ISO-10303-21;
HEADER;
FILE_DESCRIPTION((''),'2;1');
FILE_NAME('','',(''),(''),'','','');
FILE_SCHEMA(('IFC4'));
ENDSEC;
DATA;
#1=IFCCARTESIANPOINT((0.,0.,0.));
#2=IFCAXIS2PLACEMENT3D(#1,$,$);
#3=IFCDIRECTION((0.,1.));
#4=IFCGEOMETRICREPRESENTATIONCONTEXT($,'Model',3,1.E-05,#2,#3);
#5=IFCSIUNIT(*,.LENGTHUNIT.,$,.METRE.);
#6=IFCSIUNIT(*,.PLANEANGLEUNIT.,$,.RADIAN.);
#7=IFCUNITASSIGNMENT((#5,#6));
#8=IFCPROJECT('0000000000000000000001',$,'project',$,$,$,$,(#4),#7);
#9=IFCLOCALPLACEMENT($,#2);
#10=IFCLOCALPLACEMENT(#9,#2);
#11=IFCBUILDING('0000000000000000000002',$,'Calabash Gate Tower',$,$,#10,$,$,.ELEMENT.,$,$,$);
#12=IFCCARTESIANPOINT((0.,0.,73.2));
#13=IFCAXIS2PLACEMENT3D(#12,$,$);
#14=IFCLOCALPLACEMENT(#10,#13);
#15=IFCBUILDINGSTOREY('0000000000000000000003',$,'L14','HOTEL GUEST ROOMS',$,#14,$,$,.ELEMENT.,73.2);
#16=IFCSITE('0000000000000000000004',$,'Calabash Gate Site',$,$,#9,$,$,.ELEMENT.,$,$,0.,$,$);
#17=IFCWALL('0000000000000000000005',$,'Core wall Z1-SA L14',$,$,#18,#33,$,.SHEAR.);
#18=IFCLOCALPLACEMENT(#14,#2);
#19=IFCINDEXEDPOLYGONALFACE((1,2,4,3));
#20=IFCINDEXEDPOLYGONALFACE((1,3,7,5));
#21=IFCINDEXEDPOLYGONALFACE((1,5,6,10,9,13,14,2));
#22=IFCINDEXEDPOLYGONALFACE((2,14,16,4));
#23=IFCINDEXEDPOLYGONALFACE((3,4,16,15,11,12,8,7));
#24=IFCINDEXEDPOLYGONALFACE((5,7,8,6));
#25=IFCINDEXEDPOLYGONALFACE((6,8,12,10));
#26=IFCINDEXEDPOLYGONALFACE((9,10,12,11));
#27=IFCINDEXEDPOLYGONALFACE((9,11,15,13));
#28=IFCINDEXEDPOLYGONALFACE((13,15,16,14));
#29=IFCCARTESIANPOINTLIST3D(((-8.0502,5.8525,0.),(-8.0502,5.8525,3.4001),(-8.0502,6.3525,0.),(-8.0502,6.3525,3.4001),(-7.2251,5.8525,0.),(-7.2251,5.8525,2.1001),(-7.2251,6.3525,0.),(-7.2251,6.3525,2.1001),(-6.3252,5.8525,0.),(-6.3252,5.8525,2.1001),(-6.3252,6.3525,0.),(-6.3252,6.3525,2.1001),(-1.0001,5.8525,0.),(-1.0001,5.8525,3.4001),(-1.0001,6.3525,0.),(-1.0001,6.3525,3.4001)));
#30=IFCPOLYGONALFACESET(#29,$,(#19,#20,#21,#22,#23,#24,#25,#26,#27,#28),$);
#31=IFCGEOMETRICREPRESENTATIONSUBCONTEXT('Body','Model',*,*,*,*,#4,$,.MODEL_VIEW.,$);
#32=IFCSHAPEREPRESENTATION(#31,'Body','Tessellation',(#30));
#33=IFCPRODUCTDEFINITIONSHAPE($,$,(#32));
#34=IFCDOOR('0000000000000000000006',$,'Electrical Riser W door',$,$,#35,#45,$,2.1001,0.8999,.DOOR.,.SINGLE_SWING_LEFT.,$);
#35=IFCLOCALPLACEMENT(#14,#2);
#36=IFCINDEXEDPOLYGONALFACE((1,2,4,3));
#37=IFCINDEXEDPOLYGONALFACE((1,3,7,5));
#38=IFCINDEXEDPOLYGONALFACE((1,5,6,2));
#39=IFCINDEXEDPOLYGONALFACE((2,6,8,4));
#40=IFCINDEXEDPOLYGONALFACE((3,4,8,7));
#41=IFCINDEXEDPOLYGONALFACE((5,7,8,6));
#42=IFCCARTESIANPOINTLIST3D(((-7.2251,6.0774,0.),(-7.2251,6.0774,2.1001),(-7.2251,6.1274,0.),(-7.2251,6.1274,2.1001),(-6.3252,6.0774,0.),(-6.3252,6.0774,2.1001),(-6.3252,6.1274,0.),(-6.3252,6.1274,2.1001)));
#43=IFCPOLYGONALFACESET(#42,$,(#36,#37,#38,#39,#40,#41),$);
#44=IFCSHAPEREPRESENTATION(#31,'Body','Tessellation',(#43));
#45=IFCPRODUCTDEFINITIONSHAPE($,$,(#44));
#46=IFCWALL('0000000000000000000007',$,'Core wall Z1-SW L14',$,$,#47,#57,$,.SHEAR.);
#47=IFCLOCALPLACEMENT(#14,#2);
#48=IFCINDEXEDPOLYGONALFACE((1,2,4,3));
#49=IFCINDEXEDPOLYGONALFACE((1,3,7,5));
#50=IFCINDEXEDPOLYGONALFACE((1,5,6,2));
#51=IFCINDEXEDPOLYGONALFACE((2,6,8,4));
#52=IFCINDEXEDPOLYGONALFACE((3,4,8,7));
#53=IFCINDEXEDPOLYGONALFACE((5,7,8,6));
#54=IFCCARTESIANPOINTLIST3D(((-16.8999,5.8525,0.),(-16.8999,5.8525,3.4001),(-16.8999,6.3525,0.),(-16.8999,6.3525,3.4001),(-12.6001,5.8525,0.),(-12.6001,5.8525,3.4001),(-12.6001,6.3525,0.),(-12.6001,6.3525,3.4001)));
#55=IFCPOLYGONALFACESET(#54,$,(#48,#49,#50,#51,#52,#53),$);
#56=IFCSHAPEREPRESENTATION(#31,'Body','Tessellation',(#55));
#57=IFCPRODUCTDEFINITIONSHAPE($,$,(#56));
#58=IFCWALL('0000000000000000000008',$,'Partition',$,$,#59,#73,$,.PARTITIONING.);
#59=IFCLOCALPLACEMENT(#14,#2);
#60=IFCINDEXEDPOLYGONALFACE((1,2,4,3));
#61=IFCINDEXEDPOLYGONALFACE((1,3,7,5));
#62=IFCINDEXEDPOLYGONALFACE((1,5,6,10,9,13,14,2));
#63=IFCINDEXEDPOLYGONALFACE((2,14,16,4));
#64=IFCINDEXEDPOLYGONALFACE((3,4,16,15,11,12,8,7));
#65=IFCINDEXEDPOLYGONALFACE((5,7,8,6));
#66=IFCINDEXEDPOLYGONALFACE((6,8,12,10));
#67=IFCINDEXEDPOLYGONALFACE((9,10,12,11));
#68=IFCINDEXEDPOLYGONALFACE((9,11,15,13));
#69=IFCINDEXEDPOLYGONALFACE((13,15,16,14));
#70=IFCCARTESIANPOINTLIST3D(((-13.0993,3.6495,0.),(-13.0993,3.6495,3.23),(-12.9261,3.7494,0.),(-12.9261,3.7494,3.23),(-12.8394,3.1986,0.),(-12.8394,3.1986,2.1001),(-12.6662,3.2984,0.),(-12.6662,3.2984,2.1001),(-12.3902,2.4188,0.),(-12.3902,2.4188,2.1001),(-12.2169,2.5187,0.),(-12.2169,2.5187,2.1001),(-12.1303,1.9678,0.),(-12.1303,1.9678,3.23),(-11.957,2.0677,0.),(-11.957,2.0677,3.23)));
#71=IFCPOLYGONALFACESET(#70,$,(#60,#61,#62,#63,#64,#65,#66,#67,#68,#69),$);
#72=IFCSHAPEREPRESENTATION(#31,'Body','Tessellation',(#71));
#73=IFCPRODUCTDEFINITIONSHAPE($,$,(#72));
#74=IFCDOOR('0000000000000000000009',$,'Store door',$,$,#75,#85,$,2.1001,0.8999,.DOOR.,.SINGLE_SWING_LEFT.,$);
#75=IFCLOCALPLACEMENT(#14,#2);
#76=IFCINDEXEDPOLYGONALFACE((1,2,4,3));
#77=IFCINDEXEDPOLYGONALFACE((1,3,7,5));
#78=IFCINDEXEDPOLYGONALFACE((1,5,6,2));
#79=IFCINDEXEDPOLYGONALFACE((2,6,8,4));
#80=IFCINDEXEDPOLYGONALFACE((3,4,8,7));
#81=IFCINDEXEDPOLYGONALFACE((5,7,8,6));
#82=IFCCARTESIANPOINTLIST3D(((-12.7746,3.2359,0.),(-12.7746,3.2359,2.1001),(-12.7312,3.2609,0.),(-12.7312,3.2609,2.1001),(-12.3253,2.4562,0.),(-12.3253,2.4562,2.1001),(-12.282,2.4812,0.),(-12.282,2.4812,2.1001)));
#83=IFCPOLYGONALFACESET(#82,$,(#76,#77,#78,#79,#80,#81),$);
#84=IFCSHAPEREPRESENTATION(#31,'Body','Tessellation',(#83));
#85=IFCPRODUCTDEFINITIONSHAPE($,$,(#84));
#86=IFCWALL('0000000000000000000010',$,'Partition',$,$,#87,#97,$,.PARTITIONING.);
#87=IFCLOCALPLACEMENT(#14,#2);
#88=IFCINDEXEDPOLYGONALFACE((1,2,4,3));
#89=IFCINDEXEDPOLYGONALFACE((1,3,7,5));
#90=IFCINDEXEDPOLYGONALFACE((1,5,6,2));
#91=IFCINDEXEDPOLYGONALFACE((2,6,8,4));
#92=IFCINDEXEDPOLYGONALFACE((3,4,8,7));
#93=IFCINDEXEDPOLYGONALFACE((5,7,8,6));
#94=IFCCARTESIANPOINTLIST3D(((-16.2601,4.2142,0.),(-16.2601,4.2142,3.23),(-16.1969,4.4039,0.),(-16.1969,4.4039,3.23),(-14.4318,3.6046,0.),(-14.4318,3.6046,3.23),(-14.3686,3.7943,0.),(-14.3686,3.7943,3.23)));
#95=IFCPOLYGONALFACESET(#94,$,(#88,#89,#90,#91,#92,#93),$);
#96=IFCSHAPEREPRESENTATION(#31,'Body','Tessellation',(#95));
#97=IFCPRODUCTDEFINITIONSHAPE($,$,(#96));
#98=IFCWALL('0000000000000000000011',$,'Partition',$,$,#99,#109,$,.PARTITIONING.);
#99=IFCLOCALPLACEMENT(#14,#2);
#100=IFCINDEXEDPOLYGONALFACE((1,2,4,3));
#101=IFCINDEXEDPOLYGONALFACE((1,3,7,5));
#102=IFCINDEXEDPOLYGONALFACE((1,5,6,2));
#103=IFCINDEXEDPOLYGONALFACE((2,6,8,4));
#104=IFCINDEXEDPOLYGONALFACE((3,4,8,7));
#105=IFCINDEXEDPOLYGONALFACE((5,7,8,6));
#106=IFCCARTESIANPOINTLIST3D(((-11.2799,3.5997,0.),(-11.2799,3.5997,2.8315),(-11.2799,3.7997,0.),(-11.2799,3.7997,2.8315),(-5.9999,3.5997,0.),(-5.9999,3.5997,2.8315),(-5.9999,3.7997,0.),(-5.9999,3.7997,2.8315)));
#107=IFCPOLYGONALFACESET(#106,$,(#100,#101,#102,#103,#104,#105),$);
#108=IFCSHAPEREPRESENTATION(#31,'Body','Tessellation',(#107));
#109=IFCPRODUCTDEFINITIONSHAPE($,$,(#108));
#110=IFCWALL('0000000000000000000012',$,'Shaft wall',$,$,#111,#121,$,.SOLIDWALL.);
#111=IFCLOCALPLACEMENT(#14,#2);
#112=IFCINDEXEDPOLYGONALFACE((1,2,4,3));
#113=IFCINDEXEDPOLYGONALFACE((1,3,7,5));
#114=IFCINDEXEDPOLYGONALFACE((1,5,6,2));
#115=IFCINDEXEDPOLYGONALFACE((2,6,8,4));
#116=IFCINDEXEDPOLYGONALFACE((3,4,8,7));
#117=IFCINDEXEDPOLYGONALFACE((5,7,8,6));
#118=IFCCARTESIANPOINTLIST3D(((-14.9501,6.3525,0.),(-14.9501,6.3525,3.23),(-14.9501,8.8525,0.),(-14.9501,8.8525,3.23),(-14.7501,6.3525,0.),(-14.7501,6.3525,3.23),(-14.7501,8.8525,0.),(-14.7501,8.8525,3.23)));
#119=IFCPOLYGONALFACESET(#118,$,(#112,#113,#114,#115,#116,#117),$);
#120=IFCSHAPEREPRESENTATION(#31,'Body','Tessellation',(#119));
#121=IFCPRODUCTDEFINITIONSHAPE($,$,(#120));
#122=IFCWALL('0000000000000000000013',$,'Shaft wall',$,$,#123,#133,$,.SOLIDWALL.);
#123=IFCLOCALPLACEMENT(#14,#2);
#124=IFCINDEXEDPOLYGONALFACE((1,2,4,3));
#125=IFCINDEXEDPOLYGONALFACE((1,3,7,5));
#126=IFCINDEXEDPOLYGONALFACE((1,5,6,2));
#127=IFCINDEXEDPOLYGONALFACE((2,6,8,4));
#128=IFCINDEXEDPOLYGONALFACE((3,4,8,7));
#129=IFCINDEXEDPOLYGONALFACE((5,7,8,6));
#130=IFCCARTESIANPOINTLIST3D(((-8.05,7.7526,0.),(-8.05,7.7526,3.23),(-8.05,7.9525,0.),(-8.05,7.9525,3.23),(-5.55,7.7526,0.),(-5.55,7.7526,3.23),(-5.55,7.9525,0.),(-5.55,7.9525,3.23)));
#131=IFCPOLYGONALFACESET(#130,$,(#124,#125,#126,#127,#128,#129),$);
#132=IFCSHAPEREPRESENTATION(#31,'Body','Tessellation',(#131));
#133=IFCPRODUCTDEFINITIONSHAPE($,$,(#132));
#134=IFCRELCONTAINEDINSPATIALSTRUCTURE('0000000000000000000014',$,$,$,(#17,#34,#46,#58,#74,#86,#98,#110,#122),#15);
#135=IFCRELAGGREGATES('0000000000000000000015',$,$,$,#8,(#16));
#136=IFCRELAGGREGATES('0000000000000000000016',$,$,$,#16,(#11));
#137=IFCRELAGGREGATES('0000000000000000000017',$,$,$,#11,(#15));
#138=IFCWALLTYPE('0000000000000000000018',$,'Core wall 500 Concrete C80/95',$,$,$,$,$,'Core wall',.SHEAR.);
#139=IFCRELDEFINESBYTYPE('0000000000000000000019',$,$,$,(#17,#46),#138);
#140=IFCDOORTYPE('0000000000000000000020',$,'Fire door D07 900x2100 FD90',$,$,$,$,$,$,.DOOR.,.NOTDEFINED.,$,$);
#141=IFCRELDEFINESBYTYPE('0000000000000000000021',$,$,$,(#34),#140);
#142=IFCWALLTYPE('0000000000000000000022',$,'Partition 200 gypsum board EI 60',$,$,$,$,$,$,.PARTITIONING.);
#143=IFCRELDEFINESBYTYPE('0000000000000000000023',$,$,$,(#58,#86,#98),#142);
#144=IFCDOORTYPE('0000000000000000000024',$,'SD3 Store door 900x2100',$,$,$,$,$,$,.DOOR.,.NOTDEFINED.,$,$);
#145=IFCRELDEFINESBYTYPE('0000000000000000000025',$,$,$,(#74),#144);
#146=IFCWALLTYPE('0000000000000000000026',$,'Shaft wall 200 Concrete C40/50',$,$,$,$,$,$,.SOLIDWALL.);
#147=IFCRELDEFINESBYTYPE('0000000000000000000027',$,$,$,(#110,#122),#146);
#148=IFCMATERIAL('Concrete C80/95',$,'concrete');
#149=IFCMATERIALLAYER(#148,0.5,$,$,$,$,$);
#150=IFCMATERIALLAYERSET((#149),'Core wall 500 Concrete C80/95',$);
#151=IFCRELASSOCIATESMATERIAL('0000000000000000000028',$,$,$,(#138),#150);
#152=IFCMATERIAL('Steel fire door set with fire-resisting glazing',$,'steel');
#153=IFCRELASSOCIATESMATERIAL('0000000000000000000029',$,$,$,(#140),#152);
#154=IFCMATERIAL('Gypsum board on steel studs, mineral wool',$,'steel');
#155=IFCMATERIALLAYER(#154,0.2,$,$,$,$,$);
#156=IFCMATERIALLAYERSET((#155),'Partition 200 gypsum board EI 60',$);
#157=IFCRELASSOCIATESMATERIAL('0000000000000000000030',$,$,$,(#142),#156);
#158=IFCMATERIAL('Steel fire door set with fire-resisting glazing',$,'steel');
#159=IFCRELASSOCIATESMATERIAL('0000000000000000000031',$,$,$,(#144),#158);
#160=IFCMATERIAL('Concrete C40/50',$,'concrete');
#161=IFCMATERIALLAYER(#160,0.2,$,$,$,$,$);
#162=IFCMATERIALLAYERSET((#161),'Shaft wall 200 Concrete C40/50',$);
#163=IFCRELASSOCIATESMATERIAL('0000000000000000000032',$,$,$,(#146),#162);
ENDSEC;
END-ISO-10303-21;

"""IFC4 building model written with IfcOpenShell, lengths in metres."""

from ifc_helpers import new_model, si_unit, direction, frame, frame_2d, origin, place, context, subcontext, project, spatial, rectangle, extrude, material, layer, layer_set, type_object, element, fill, save


model = new_model("IFC4")

# Units and contexts
model_context = context("Model", 3, precision=1e-05, world=origin(), true_north=direction((0.0, 1.0)))
body_context = subcontext(model_context, "Body", "Model", "MODEL_VIEW")
ifc_project = project(units=[si_unit("LENGTHUNIT", "METRE"), si_unit("PLANEANGLEUNIT", "RADIAN")], contexts=[model_context])

# Site, building, storey
site_placement = place(None, origin())
site = spatial("IfcSite", under=ifc_project, at=site_placement, Name="Calabash Gate Site", CompositionType="ELEMENT", RefElevation=0.0)
building_placement = place(site_placement, origin())
building = spatial("IfcBuilding", under=site, at=building_placement, Name="Calabash Gate Tower", CompositionType="ELEMENT")
storey_placement = place(building_placement, frame((0.0, 0.0, 73.2)))
storey = spatial("IfcBuildingStorey", under=building, at=storey_placement, Name="L14", Description="HOTEL GUEST ROOMS", CompositionType="ELEMENT", Elevation=73.2)

# Shared definitions
ifc_material_1 = material(Name="Concrete C80/95", Category="concrete")
ifc_layer_1 = layer(ifc_material_1, 0.5)
ifc_layer_set_1 = layer_set([ifc_layer_1], Name="Core wall 500 Concrete C80/95")
wall_type_1 = type_object("IfcWallType", Name="Core wall 500 Concrete C80/95", ElementType="Core wall", PredefinedType="SHEAR", material=ifc_layer_set_1)

# Wall, opening, door
wall_1_placement = place(storey_placement, frame((-8.05, 6.1025, 0.0), z_axis=(0.0, 0.0, 1.0), x_axis=(1.0, 0.0, 0.0)))
wall_1 = element("IfcWall", 1, at=wall_1_placement, inside=storey, type_object=wall_type_1, Name="Core wall Z1-SA L14", PredefinedType="SHEAR", context=body_context, shape_type="SweptSolid", body=[
    extrude(rectangle(XDim=7.05, YDim=0.5, at=frame_2d((3.5249, 0.0))), origin(), (0.0, 0.0, 1.0), 3.4001),
])
opening_1_placement = place(wall_1_placement, frame((0.825, 0.0, 0.0)))
opening_1 = element("IfcOpeningElement", 2, at=opening_1_placement, cuts=wall_1, PredefinedType="OPENING", context=body_context, shape_type="SweptSolid", body=[
    extrude(rectangle(XDim=0.8999, YDim=2.1001, at=frame_2d((0.45, 1.05))), frame((0.0, 0.26, 0.0), z_axis=(0.0, -1.0, 0.0), x_axis=(1.0, 0.0, 0.0)), (0.0, 0.0, 1.0), 0.52),
])
ifc_material_2 = material(Name="Steel fire door set with fire-resisting glazing", Category="steel")
door_type_1 = type_object("IfcDoorType", Name="Fire door D07 900x2100 FD90", OperationType="NOTDEFINED", PredefinedType="DOOR", material=ifc_material_2)
door_1_placement = place(opening_1_placement, origin())
door_1 = element("IfcDoor", 3, at=door_1_placement, inside=storey, type_object=door_type_1, Name="Electrical Riser W door", OperationType="SINGLE_SWING_LEFT", OverallHeight=2.1001, OverallWidth=0.8999, PredefinedType="DOOR", context=body_context, shape_type="SweptSolid", body=[
    extrude(rectangle(XDim=0.8999, YDim=2.1001, at=frame_2d((0.45, 1.05))), frame((0.0, 0.0249, 0.0), z_axis=(0.0, -1.0, 0.0), x_axis=(1.0, 0.0, 0.0)), (0.0, 0.0, 1.0), 0.05),
])
fill(opening_1, door_1)

# Wall
wall_2_placement = place(storey_placement, frame((-12.6001, 6.1025, 0.0), z_axis=(0.0, 0.0, 1.0), x_axis=(-1.0, 0.0, 0.0)))
element("IfcWall", 4, at=wall_2_placement, inside=storey, type_object=wall_type_1, Name="Core wall Z1-SW L14", PredefinedType="SHEAR", context=body_context, shape_type="SweptSolid", body=[
    extrude(rectangle(XDim=4.2998, YDim=0.5, at=frame_2d((2.1499, 0.0))), origin(), (0.0, 0.0, 1.0), 3.4001),
])

# Wall, opening, door
ifc_material_3 = material(Name="Gypsum board on steel studs, mineral wool", Category="steel")
ifc_layer_2 = layer(ifc_material_3, 0.2)
ifc_layer_set_2 = layer_set([ifc_layer_2], Name="Partition 200 gypsum board EI 60")
wall_type_2 = type_object("IfcWallType", Name="Partition 200 gypsum board EI 60", PredefinedType="PARTITIONING", material=ifc_layer_set_2)
wall_3_placement = place(storey_placement, frame((-13.0127, 3.6995, 0.0), z_axis=(0.0, 0.0, 1.0), x_axis=(0.499265, -0.866449, 0.0)))
wall_3 = element("IfcWall", 5, at=wall_3_placement, inside=storey, type_object=wall_type_2, Name="Partition", PredefinedType="PARTITIONING", context=body_context, shape_type="SweptSolid", body=[
    extrude(rectangle(XDim=1.9409, YDim=0.2, at=frame_2d((0.9705, 0.0))), origin(), (0.0, 0.0, 1.0), 3.23),
])
opening_2_placement = place(wall_3_placement, frame((0.5205, 0.0, 0.0)))
opening_2 = element("IfcOpeningElement", 6, at=opening_2_placement, cuts=wall_3, PredefinedType="OPENING", context=body_context, shape_type="SweptSolid", body=[
    extrude(rectangle(XDim=0.8999, YDim=2.1001, at=frame_2d((0.45, 1.05))), frame((0.0, 0.1099, 0.0), z_axis=(0.0, -1.0, 0.0), x_axis=(1.0, 0.0, 0.0)), (0.0, 0.0, 1.0), 0.22),
])
ifc_material_4 = material(Name="Steel fire door set with fire-resisting glazing", Category="steel")
door_type_2 = type_object("IfcDoorType", Name="SD3 Store door 900x2100", OperationType="NOTDEFINED", PredefinedType="DOOR", material=ifc_material_4)
door_2_placement = place(opening_2_placement, origin())
door_2 = element("IfcDoor", 7, at=door_2_placement, inside=storey, type_object=door_type_2, Name="Store door", OperationType="SINGLE_SWING_LEFT", OverallHeight=2.1001, OverallWidth=0.8999, PredefinedType="DOOR", context=body_context, shape_type="SweptSolid", body=[
    extrude(rectangle(XDim=0.8999, YDim=2.1001, at=frame_2d((0.45, 1.05))), frame((0.0, 0.0249, 0.0), z_axis=(0.0, -1.0, 0.0), x_axis=(1.0, 0.0, 0.0)), (0.0, 0.0, 1.0), 0.05),
])
fill(opening_2, door_2)

# Walls
wall_4_placement = place(storey_placement, frame((-16.2285, 4.3091, 0.0), z_axis=(0.0, 0.0, 1.0), x_axis=(0.948658, -0.316304, 0.0)))
element("IfcWall", 8, at=wall_4_placement, inside=storey, type_object=wall_type_2, Name="Partition", PredefinedType="PARTITIONING", context=body_context, shape_type="SweptSolid", body=[
    extrude(rectangle(XDim=1.9272, YDim=0.2, at=frame_2d((0.9636, 0.0))), origin(), (0.0, 0.0, 1.0), 3.23),
])
wall_5_placement = place(storey_placement, frame((-11.28, 3.6997, 0.0), z_axis=(0.0, 0.0, 1.0), x_axis=(1.0, 0.0, 0.0)))
element("IfcWall", 9, at=wall_5_placement, inside=storey, type_object=wall_type_2, Name="Partition", PredefinedType="PARTITIONING", context=body_context, shape_type="SweptSolid", body=[
    extrude(rectangle(XDim=5.28, YDim=0.2, at=frame_2d((2.6401, 0.0))), origin(), (0.0, 0.0, 1.0), 2.8315),
])
ifc_material_5 = material(Name="Concrete C40/50", Category="concrete")
ifc_layer_3 = layer(ifc_material_5, 0.2)
ifc_layer_set_3 = layer_set([ifc_layer_3], Name="Shaft wall 200 Concrete C40/50")
wall_type_3 = type_object("IfcWallType", Name="Shaft wall 200 Concrete C40/50", PredefinedType="SOLIDWALL", material=ifc_layer_set_3)
for number, where, z_axis, x_axis, name in (
    (10, (-14.8501, 6.3525, 0.0), (0.0, 0.0, 1.0), (0.0, 1.0, 0.0), "Shaft wall"),
    (11, (-8.05, 7.8525, 0.0), (0.0, 0.0, 1.0), (1.0, 0.0, 0.0), "Shaft wall"),
):
    element("IfcWall", number, at=place(storey_placement, frame(where, z_axis=z_axis, x_axis=x_axis)), inside=storey, type_object=wall_type_3, Name=name, PredefinedType="SOLIDWALL", context=body_context, shape_type="SweptSolid", body=[
        extrude(rectangle(XDim=2.5, YDim=0.2, at=frame_2d((1.25, 0.0))), origin(), (0.0, 0.0, 1.0), 3.23),
    ])

save(model, "model.ifc")
